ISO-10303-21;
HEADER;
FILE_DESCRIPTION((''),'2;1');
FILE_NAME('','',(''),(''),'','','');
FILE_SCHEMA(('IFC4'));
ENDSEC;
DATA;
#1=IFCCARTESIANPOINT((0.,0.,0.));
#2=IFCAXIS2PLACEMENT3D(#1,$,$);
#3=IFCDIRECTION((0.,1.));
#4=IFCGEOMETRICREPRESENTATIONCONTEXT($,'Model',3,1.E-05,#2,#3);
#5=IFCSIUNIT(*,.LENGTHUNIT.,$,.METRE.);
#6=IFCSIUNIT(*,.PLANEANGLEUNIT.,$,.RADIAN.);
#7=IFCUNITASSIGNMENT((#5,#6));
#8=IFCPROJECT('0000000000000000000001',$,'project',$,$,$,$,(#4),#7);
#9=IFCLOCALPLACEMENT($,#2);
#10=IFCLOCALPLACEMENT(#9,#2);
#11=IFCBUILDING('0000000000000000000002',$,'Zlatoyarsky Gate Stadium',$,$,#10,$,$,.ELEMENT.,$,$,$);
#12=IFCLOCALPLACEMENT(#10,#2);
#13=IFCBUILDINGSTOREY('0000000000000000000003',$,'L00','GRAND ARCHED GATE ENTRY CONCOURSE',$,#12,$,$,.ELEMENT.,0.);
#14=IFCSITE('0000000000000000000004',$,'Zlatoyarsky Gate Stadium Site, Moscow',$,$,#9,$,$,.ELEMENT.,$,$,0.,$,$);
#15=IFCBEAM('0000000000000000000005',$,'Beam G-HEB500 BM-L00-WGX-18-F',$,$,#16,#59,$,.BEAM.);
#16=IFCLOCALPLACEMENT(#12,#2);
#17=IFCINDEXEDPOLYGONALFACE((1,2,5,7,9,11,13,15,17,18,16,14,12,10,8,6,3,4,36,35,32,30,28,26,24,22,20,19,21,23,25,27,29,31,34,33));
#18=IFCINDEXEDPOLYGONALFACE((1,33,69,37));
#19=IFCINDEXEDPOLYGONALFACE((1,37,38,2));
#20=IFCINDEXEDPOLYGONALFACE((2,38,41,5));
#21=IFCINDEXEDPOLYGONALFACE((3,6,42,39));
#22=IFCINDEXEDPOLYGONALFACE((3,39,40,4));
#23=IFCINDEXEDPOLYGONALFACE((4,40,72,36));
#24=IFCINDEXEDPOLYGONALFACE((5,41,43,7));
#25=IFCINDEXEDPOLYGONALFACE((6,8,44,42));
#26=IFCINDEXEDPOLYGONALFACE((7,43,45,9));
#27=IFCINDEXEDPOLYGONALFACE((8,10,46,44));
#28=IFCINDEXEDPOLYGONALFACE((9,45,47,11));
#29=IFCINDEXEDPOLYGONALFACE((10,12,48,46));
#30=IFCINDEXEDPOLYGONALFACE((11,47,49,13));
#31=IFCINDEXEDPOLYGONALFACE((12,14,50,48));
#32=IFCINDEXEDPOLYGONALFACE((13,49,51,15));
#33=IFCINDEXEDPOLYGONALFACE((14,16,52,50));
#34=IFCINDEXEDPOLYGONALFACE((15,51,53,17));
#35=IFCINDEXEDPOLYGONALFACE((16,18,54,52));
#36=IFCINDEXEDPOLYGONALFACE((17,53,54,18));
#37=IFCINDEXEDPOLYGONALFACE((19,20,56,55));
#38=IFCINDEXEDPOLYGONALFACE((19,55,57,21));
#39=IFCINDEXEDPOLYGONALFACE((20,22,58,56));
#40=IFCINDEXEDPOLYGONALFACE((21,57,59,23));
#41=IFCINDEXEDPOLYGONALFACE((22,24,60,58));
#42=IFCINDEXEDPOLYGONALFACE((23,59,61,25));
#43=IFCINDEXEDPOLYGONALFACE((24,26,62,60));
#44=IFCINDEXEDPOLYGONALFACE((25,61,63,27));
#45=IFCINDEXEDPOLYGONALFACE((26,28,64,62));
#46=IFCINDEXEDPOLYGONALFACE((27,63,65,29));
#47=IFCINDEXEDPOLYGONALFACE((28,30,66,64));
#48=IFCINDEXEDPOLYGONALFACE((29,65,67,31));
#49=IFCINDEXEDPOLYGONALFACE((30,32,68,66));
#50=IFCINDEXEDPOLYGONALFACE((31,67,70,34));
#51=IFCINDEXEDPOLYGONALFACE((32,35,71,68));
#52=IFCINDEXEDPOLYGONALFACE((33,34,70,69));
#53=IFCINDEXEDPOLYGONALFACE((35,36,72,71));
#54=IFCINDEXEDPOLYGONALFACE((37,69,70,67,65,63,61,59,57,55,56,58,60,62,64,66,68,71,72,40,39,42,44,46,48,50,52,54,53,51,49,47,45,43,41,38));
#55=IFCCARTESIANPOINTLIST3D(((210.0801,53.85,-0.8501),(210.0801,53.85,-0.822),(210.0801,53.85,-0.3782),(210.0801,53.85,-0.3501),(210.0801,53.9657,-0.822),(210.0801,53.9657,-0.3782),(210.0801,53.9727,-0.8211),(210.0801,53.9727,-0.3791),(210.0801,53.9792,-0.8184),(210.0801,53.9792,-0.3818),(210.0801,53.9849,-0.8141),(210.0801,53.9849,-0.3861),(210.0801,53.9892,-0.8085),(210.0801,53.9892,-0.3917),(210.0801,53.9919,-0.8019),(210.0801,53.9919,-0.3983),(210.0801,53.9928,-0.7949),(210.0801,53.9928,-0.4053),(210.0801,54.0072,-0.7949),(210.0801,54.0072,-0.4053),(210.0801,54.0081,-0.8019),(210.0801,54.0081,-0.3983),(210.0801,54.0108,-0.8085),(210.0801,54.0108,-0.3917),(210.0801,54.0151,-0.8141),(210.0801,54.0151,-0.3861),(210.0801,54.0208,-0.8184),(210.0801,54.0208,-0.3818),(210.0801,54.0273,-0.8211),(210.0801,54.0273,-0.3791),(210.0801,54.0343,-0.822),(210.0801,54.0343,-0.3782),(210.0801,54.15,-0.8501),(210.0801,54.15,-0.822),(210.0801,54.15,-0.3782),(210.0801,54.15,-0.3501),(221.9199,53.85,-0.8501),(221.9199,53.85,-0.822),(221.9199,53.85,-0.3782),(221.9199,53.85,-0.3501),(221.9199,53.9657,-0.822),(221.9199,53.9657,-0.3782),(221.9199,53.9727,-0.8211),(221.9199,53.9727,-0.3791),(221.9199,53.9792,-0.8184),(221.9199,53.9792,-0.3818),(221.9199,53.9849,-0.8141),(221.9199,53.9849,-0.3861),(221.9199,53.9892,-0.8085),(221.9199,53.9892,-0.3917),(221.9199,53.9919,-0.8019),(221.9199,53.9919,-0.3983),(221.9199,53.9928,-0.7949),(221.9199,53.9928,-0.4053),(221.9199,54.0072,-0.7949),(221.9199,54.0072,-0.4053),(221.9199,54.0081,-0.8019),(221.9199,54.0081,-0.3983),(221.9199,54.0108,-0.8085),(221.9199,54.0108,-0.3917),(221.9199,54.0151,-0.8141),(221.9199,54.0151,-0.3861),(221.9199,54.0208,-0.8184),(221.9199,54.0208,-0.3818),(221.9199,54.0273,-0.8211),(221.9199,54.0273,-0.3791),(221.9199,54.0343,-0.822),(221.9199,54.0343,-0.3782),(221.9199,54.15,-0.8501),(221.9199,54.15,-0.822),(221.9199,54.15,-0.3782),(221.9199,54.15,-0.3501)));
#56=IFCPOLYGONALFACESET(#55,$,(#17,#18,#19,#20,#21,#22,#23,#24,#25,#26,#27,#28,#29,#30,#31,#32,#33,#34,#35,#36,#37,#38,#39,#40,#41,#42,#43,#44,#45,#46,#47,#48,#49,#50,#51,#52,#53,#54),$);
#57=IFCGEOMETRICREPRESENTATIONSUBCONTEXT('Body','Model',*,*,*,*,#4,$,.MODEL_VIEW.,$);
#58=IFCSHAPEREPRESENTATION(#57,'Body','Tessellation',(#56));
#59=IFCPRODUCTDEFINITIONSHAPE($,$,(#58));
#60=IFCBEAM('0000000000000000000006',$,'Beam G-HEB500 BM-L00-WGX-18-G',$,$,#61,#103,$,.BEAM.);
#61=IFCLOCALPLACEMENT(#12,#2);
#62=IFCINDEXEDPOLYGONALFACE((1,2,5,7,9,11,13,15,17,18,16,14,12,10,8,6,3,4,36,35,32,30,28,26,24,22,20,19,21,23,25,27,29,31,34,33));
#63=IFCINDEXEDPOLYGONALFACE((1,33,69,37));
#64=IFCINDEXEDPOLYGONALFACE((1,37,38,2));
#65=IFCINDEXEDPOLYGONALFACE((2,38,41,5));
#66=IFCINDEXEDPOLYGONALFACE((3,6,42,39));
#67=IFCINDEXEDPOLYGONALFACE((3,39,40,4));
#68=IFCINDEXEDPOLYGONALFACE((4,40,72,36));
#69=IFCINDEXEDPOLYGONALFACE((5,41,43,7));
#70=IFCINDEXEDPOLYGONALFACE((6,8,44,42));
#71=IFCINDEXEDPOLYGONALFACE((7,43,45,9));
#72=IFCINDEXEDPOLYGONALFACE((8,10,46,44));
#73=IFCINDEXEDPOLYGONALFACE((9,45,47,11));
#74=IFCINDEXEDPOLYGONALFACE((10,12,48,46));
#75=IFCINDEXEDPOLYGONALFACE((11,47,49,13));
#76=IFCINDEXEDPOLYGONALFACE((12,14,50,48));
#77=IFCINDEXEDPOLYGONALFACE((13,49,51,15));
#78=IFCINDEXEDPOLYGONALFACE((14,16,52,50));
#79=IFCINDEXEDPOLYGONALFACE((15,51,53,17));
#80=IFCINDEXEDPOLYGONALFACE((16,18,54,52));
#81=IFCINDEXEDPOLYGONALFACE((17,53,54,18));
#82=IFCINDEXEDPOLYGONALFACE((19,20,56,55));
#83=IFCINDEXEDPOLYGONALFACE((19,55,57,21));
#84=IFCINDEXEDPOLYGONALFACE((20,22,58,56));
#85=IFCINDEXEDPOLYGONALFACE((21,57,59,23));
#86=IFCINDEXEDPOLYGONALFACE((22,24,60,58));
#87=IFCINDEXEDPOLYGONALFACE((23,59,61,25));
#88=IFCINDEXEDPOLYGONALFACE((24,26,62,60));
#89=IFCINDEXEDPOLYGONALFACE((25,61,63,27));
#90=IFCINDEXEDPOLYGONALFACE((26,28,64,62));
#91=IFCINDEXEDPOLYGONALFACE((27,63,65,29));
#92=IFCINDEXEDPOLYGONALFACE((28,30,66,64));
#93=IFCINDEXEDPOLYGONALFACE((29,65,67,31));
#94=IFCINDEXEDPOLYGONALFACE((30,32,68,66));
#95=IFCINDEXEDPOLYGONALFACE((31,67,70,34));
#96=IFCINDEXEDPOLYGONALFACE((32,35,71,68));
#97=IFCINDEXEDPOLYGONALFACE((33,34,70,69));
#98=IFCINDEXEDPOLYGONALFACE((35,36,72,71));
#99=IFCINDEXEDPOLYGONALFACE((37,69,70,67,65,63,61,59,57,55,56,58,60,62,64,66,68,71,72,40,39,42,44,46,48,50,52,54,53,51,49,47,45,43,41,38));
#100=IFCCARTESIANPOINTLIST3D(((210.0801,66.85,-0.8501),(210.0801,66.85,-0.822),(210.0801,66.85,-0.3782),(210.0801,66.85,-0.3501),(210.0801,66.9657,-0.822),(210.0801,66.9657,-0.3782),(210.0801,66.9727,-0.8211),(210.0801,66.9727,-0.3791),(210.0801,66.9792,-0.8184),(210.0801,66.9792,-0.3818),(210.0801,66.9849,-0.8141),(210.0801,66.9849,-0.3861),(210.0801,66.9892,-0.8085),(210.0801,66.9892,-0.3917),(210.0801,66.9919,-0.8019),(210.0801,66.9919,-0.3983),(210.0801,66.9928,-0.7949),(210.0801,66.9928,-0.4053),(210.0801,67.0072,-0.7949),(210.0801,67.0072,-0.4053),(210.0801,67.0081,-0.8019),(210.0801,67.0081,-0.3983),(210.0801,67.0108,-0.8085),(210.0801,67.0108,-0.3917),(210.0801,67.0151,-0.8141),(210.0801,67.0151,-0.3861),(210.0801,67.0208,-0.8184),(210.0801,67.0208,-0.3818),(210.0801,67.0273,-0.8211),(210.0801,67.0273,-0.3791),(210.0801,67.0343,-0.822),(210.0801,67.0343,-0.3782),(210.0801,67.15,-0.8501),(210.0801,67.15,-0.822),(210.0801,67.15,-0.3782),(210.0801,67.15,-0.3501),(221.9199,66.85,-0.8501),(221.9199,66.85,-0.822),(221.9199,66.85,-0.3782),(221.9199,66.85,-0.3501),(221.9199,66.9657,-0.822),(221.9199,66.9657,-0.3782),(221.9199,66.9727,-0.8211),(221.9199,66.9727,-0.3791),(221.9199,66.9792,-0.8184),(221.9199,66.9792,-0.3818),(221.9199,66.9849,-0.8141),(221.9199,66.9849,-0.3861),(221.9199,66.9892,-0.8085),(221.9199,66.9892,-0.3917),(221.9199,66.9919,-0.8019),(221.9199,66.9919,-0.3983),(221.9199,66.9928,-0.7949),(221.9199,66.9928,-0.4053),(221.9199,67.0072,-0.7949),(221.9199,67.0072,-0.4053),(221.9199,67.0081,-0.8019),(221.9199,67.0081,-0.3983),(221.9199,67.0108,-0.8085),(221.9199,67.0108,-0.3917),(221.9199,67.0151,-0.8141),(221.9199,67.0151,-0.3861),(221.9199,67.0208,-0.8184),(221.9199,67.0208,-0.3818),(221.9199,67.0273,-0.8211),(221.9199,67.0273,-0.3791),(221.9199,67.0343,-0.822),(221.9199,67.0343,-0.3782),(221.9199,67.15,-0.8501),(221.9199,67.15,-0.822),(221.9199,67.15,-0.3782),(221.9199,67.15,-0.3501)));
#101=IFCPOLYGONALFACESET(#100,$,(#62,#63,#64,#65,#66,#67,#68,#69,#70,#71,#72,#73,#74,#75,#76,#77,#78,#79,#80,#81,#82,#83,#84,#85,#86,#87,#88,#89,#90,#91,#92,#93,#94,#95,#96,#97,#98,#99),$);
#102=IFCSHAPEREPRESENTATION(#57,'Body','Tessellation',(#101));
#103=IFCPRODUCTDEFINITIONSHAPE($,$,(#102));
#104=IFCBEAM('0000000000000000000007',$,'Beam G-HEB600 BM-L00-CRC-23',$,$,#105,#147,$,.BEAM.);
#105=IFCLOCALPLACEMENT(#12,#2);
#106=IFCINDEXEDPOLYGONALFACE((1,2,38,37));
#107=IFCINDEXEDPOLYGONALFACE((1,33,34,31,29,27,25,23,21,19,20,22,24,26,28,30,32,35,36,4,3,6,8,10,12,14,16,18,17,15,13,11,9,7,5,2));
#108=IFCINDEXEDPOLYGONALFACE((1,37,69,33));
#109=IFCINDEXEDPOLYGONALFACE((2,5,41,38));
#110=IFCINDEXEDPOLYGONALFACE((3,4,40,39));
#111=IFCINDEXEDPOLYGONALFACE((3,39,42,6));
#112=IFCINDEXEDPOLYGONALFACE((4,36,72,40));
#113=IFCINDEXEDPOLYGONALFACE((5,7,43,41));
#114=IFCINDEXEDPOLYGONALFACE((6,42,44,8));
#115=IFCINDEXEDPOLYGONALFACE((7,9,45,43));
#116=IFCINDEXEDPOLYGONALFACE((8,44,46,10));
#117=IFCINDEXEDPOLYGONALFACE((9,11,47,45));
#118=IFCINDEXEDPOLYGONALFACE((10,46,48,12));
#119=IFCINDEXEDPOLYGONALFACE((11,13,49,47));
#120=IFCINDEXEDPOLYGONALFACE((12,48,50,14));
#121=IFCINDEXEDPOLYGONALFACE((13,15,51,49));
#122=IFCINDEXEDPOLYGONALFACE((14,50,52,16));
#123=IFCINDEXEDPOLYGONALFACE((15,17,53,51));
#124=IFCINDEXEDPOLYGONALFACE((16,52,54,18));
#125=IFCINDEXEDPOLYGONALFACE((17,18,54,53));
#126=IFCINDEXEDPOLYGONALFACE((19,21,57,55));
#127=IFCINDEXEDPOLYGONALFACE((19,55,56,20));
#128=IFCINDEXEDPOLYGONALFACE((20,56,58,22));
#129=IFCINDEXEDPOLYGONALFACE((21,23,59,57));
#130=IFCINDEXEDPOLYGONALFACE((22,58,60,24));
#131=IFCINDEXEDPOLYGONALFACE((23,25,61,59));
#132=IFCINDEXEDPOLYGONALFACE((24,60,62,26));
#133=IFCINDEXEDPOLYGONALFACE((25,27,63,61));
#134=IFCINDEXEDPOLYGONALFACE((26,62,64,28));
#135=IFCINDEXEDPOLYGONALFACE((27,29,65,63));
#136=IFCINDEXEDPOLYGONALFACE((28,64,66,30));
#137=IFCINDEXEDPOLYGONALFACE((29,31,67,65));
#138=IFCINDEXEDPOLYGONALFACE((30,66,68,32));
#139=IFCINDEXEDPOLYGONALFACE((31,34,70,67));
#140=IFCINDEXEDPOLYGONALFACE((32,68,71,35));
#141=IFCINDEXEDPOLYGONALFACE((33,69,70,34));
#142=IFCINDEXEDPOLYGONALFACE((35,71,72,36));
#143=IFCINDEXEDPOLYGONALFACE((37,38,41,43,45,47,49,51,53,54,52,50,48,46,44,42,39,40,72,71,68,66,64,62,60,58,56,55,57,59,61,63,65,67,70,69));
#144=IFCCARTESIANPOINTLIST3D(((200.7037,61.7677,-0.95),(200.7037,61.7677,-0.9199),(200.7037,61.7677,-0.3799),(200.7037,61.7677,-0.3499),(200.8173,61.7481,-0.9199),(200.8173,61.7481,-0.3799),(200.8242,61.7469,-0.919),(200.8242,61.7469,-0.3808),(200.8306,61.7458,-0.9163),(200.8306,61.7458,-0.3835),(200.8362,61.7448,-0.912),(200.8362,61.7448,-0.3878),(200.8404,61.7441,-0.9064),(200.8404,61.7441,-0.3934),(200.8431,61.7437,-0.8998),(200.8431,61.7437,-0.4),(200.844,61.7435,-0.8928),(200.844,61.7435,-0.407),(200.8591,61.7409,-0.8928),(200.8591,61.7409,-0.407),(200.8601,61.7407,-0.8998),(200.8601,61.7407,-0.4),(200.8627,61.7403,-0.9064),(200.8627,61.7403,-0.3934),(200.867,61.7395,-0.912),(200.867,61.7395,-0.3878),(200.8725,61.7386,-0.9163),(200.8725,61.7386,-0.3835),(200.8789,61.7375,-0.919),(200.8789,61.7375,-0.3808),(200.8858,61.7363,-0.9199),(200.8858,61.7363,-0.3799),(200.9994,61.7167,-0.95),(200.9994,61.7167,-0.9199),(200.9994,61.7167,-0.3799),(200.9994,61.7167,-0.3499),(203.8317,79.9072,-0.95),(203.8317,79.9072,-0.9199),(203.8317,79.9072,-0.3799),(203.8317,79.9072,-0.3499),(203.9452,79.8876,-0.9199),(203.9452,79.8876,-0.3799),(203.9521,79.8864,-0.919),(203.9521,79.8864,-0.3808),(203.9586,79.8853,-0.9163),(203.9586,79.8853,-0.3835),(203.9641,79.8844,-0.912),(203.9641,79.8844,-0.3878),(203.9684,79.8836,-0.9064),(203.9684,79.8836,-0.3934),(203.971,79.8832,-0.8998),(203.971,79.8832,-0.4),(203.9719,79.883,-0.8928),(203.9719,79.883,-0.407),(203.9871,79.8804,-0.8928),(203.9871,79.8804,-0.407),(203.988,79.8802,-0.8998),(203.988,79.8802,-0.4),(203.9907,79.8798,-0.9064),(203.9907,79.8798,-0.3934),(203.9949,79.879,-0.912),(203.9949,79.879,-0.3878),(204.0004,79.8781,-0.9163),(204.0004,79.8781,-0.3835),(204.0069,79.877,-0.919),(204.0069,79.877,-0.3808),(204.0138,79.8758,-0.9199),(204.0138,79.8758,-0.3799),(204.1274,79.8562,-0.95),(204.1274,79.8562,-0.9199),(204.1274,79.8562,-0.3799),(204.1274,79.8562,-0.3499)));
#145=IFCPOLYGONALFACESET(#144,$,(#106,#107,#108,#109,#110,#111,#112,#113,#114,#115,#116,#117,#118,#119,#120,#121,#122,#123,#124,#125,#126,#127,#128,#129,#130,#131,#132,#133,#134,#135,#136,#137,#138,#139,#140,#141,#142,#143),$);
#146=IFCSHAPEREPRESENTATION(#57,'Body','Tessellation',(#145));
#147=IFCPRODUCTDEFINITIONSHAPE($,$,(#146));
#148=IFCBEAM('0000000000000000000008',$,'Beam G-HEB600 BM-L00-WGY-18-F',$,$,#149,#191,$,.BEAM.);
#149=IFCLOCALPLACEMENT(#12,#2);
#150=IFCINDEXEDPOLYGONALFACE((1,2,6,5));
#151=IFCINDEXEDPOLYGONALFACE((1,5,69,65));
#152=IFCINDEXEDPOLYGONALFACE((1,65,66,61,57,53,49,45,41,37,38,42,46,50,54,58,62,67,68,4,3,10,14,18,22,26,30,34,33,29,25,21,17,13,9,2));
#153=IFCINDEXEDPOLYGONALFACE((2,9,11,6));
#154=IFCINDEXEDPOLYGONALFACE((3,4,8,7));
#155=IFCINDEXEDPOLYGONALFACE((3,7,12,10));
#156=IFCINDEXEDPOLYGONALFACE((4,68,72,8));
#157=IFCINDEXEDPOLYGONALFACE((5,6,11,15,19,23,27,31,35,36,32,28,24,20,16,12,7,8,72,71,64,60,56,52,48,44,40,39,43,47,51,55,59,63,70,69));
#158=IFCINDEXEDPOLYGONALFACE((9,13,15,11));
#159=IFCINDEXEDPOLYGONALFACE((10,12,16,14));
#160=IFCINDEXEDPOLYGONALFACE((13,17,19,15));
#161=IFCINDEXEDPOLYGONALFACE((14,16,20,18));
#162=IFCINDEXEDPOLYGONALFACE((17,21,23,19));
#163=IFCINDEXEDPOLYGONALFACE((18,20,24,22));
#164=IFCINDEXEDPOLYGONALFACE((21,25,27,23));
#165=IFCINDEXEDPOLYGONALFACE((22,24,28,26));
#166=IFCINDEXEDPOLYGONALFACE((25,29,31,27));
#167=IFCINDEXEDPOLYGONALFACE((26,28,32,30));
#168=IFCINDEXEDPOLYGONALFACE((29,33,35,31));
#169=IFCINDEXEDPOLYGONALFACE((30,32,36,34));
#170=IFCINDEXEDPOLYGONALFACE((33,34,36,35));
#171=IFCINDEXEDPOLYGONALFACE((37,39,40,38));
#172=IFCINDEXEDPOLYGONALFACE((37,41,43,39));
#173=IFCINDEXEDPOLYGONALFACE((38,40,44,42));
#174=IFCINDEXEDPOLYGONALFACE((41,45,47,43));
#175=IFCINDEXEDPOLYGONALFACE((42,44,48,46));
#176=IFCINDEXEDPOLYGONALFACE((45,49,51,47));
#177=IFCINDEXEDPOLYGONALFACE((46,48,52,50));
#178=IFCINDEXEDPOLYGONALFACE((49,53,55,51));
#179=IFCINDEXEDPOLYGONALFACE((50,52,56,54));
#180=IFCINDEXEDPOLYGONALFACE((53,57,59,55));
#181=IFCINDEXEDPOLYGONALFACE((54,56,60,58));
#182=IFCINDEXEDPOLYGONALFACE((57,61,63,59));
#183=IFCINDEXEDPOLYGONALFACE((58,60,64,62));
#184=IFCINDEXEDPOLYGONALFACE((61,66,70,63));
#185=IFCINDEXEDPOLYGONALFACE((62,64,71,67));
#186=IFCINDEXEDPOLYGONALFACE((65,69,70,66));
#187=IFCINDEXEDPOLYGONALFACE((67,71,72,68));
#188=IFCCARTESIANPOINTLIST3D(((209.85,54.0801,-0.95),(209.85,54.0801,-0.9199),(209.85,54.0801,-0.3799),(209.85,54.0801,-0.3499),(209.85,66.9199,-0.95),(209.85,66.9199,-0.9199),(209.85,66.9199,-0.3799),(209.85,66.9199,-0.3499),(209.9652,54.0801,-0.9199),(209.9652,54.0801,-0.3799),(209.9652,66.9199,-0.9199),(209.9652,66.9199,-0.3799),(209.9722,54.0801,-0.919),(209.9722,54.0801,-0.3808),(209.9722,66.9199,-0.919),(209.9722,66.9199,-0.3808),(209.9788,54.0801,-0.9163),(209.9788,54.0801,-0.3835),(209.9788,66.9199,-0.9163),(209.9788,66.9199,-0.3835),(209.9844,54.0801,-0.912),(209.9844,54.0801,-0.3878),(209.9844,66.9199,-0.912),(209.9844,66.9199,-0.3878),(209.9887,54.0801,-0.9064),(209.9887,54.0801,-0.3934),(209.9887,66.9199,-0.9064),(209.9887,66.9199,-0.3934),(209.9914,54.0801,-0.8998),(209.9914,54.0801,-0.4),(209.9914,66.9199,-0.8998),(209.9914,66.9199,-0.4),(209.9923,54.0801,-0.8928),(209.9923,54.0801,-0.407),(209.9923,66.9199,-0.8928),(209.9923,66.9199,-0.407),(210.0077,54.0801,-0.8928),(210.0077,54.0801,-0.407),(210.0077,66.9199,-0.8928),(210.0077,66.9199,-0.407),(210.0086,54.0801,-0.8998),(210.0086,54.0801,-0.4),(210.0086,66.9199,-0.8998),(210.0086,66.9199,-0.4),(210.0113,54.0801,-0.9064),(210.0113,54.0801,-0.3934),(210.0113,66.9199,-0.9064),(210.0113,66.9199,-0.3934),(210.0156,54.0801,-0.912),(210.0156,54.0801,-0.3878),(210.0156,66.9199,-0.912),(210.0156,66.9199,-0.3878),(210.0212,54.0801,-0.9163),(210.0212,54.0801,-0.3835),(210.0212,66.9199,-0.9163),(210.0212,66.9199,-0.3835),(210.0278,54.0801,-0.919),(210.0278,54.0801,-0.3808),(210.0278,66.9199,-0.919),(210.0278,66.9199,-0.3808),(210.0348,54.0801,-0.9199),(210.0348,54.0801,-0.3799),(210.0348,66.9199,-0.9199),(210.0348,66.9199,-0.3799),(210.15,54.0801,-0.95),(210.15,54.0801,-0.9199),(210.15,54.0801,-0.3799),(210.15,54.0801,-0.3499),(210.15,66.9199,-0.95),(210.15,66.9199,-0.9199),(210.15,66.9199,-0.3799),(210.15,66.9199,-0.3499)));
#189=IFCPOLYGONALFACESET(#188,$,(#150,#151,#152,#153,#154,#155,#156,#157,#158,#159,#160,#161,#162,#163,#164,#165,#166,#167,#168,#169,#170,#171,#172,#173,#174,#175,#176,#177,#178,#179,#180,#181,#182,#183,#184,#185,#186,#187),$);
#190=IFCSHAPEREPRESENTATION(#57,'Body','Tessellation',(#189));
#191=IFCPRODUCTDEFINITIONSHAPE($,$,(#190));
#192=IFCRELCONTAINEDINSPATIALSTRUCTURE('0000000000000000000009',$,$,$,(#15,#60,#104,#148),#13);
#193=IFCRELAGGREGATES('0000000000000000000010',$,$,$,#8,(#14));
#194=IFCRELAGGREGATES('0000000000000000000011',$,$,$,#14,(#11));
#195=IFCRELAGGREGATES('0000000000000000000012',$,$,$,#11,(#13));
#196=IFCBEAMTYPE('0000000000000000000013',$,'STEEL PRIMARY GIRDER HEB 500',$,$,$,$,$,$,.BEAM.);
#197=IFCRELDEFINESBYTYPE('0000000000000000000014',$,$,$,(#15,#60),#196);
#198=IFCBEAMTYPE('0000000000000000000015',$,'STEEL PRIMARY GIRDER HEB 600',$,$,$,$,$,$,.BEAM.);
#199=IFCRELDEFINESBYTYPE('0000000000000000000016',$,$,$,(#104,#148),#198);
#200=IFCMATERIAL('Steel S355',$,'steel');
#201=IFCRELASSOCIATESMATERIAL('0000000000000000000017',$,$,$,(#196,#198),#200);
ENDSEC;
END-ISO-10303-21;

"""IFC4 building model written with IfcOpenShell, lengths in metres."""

from ifc_helpers import new_model, si_unit, direction, frame, origin, origin_2d, place, context, subcontext, project, spatial, i_section, extrude, material, material_profile, profile_set, type_object, element, save


model = new_model("IFC4")

# Units and contexts
model_context = context("Model", 3, precision=1e-05, world=origin(), true_north=direction((0.0, 1.0)))
body_context = subcontext(model_context, "Body", "Model", "MODEL_VIEW")
ifc_project = project(units=[si_unit("LENGTHUNIT", "METRE"), si_unit("PLANEANGLEUNIT", "RADIAN")], contexts=[model_context])

# Site, building, storey
site_placement = place(None, origin())
site = spatial("IfcSite", under=ifc_project, at=site_placement, Name="Zlatoyarsky Gate Stadium Site, Moscow", CompositionType="ELEMENT", RefElevation=0.0)
building_placement = place(site_placement, origin())
building = spatial("IfcBuilding", under=site, at=building_placement, Name="Zlatoyarsky Gate Stadium", CompositionType="ELEMENT")
storey_placement = place(building_placement, origin())
storey = spatial("IfcBuildingStorey", under=building, at=storey_placement, Name="L00", Description="GRAND ARCHED GATE ENTRY CONCOURSE", CompositionType="ELEMENT", Elevation=0.0)

# Shared definitions
ifc_material_1 = material(Name="Steel S355", Category="steel")

# Beams
ifc_material_profile_1 = material_profile(ifc_material_1, i_section(OverallWidth=0.3, OverallDepth=0.5, WebThickness=0.0144, FlangeThickness=0.0281, FilletRadius=0.0271, at=origin_2d()), Name="HEB 500")
ifc_profile_set_1 = profile_set([ifc_material_profile_1], Name="Steel S355")
beam_type_1 = type_object("IfcBeamType", Name="STEEL PRIMARY GIRDER HEB 500", PredefinedType="BEAM", material=ifc_profile_set_1)
for number, where, z_axis, x_axis, name in (
    (1, (210.0801, 54.0, -0.6001), (1.0, 0.0, 0.0), (0.0, 1.0, 0.0), "Beam G-HEB500 BM-L00-WGX-18-F"),
    (2, (210.0801, 67.0, -0.6001), (1.0, 0.0, 0.0), (0.0, 1.0, 0.0), "Beam G-HEB500 BM-L00-WGX-18-G"),
):
    element("IfcBeam", number, at=place(storey_placement, frame(where, z_axis=z_axis, x_axis=x_axis)), inside=storey, type_object=beam_type_1, Name=name, PredefinedType="BEAM", context=body_context, shape_type="SweptSolid", body=[
        extrude(i_section(OverallWidth=0.3, OverallDepth=0.5, WebThickness=0.0144, FlangeThickness=0.0281, FilletRadius=0.0271, at=origin_2d()), origin(), (0.0, 0.0, 1.0), 11.8398),
    ])
ifc_material_profile_2 = material_profile(ifc_material_1, i_section(OverallWidth=0.3, OverallDepth=0.6001, WebThickness=0.0154, FlangeThickness=0.03, FilletRadius=0.0271, at=origin_2d()), Name="HEB 600")
ifc_profile_set_2 = profile_set([ifc_material_profile_2], Name="Steel S355")
beam_type_2 = type_object("IfcBeamType", Name="STEEL PRIMARY GIRDER HEB 600", PredefinedType="BEAM", material=ifc_profile_set_2)
beam_placement = place(storey_placement, frame((200.8516, 61.7422, -0.6499), z_axis=(0.16993, 0.985456, 0.0), x_axis=(-0.985456, 0.16993, 0.0)))
element("IfcBeam", 3, at=beam_placement, inside=storey, type_object=beam_type_2, Name="Beam G-HEB600 BM-L00-CRC-23", PredefinedType="BEAM", context=body_context, shape_type="SweptSolid", body=[
    extrude(i_section(OverallWidth=0.3, OverallDepth=0.6001, WebThickness=0.0154, FlangeThickness=0.03, FilletRadius=0.0271, at=origin_2d()), origin(), (0.0, 0.0, 1.0), 18.4072),
])
for number, where, z_axis, x_axis, name in (
    (4, (210.0, 54.0801, -0.6499), (0.0, 1.0, 0.0), (-1.0, 0.0, 0.0), "Beam G-HEB600 BM-L00-WGY-18-F"),
):
    element("IfcBeam", number, at=place(storey_placement, frame(where, z_axis=z_axis, x_axis=x_axis)), inside=storey, type_object=beam_type_2, Name=name, PredefinedType="BEAM", context=body_context, shape_type="SweptSolid", body=[
        extrude(i_section(OverallWidth=0.3, OverallDepth=0.6001, WebThickness=0.0154, FlangeThickness=0.03, FilletRadius=0.0271, at=origin_2d()), origin(), (0.0, 0.0, 1.0), 12.8398),
    ])

save(model, "model.ifc")
